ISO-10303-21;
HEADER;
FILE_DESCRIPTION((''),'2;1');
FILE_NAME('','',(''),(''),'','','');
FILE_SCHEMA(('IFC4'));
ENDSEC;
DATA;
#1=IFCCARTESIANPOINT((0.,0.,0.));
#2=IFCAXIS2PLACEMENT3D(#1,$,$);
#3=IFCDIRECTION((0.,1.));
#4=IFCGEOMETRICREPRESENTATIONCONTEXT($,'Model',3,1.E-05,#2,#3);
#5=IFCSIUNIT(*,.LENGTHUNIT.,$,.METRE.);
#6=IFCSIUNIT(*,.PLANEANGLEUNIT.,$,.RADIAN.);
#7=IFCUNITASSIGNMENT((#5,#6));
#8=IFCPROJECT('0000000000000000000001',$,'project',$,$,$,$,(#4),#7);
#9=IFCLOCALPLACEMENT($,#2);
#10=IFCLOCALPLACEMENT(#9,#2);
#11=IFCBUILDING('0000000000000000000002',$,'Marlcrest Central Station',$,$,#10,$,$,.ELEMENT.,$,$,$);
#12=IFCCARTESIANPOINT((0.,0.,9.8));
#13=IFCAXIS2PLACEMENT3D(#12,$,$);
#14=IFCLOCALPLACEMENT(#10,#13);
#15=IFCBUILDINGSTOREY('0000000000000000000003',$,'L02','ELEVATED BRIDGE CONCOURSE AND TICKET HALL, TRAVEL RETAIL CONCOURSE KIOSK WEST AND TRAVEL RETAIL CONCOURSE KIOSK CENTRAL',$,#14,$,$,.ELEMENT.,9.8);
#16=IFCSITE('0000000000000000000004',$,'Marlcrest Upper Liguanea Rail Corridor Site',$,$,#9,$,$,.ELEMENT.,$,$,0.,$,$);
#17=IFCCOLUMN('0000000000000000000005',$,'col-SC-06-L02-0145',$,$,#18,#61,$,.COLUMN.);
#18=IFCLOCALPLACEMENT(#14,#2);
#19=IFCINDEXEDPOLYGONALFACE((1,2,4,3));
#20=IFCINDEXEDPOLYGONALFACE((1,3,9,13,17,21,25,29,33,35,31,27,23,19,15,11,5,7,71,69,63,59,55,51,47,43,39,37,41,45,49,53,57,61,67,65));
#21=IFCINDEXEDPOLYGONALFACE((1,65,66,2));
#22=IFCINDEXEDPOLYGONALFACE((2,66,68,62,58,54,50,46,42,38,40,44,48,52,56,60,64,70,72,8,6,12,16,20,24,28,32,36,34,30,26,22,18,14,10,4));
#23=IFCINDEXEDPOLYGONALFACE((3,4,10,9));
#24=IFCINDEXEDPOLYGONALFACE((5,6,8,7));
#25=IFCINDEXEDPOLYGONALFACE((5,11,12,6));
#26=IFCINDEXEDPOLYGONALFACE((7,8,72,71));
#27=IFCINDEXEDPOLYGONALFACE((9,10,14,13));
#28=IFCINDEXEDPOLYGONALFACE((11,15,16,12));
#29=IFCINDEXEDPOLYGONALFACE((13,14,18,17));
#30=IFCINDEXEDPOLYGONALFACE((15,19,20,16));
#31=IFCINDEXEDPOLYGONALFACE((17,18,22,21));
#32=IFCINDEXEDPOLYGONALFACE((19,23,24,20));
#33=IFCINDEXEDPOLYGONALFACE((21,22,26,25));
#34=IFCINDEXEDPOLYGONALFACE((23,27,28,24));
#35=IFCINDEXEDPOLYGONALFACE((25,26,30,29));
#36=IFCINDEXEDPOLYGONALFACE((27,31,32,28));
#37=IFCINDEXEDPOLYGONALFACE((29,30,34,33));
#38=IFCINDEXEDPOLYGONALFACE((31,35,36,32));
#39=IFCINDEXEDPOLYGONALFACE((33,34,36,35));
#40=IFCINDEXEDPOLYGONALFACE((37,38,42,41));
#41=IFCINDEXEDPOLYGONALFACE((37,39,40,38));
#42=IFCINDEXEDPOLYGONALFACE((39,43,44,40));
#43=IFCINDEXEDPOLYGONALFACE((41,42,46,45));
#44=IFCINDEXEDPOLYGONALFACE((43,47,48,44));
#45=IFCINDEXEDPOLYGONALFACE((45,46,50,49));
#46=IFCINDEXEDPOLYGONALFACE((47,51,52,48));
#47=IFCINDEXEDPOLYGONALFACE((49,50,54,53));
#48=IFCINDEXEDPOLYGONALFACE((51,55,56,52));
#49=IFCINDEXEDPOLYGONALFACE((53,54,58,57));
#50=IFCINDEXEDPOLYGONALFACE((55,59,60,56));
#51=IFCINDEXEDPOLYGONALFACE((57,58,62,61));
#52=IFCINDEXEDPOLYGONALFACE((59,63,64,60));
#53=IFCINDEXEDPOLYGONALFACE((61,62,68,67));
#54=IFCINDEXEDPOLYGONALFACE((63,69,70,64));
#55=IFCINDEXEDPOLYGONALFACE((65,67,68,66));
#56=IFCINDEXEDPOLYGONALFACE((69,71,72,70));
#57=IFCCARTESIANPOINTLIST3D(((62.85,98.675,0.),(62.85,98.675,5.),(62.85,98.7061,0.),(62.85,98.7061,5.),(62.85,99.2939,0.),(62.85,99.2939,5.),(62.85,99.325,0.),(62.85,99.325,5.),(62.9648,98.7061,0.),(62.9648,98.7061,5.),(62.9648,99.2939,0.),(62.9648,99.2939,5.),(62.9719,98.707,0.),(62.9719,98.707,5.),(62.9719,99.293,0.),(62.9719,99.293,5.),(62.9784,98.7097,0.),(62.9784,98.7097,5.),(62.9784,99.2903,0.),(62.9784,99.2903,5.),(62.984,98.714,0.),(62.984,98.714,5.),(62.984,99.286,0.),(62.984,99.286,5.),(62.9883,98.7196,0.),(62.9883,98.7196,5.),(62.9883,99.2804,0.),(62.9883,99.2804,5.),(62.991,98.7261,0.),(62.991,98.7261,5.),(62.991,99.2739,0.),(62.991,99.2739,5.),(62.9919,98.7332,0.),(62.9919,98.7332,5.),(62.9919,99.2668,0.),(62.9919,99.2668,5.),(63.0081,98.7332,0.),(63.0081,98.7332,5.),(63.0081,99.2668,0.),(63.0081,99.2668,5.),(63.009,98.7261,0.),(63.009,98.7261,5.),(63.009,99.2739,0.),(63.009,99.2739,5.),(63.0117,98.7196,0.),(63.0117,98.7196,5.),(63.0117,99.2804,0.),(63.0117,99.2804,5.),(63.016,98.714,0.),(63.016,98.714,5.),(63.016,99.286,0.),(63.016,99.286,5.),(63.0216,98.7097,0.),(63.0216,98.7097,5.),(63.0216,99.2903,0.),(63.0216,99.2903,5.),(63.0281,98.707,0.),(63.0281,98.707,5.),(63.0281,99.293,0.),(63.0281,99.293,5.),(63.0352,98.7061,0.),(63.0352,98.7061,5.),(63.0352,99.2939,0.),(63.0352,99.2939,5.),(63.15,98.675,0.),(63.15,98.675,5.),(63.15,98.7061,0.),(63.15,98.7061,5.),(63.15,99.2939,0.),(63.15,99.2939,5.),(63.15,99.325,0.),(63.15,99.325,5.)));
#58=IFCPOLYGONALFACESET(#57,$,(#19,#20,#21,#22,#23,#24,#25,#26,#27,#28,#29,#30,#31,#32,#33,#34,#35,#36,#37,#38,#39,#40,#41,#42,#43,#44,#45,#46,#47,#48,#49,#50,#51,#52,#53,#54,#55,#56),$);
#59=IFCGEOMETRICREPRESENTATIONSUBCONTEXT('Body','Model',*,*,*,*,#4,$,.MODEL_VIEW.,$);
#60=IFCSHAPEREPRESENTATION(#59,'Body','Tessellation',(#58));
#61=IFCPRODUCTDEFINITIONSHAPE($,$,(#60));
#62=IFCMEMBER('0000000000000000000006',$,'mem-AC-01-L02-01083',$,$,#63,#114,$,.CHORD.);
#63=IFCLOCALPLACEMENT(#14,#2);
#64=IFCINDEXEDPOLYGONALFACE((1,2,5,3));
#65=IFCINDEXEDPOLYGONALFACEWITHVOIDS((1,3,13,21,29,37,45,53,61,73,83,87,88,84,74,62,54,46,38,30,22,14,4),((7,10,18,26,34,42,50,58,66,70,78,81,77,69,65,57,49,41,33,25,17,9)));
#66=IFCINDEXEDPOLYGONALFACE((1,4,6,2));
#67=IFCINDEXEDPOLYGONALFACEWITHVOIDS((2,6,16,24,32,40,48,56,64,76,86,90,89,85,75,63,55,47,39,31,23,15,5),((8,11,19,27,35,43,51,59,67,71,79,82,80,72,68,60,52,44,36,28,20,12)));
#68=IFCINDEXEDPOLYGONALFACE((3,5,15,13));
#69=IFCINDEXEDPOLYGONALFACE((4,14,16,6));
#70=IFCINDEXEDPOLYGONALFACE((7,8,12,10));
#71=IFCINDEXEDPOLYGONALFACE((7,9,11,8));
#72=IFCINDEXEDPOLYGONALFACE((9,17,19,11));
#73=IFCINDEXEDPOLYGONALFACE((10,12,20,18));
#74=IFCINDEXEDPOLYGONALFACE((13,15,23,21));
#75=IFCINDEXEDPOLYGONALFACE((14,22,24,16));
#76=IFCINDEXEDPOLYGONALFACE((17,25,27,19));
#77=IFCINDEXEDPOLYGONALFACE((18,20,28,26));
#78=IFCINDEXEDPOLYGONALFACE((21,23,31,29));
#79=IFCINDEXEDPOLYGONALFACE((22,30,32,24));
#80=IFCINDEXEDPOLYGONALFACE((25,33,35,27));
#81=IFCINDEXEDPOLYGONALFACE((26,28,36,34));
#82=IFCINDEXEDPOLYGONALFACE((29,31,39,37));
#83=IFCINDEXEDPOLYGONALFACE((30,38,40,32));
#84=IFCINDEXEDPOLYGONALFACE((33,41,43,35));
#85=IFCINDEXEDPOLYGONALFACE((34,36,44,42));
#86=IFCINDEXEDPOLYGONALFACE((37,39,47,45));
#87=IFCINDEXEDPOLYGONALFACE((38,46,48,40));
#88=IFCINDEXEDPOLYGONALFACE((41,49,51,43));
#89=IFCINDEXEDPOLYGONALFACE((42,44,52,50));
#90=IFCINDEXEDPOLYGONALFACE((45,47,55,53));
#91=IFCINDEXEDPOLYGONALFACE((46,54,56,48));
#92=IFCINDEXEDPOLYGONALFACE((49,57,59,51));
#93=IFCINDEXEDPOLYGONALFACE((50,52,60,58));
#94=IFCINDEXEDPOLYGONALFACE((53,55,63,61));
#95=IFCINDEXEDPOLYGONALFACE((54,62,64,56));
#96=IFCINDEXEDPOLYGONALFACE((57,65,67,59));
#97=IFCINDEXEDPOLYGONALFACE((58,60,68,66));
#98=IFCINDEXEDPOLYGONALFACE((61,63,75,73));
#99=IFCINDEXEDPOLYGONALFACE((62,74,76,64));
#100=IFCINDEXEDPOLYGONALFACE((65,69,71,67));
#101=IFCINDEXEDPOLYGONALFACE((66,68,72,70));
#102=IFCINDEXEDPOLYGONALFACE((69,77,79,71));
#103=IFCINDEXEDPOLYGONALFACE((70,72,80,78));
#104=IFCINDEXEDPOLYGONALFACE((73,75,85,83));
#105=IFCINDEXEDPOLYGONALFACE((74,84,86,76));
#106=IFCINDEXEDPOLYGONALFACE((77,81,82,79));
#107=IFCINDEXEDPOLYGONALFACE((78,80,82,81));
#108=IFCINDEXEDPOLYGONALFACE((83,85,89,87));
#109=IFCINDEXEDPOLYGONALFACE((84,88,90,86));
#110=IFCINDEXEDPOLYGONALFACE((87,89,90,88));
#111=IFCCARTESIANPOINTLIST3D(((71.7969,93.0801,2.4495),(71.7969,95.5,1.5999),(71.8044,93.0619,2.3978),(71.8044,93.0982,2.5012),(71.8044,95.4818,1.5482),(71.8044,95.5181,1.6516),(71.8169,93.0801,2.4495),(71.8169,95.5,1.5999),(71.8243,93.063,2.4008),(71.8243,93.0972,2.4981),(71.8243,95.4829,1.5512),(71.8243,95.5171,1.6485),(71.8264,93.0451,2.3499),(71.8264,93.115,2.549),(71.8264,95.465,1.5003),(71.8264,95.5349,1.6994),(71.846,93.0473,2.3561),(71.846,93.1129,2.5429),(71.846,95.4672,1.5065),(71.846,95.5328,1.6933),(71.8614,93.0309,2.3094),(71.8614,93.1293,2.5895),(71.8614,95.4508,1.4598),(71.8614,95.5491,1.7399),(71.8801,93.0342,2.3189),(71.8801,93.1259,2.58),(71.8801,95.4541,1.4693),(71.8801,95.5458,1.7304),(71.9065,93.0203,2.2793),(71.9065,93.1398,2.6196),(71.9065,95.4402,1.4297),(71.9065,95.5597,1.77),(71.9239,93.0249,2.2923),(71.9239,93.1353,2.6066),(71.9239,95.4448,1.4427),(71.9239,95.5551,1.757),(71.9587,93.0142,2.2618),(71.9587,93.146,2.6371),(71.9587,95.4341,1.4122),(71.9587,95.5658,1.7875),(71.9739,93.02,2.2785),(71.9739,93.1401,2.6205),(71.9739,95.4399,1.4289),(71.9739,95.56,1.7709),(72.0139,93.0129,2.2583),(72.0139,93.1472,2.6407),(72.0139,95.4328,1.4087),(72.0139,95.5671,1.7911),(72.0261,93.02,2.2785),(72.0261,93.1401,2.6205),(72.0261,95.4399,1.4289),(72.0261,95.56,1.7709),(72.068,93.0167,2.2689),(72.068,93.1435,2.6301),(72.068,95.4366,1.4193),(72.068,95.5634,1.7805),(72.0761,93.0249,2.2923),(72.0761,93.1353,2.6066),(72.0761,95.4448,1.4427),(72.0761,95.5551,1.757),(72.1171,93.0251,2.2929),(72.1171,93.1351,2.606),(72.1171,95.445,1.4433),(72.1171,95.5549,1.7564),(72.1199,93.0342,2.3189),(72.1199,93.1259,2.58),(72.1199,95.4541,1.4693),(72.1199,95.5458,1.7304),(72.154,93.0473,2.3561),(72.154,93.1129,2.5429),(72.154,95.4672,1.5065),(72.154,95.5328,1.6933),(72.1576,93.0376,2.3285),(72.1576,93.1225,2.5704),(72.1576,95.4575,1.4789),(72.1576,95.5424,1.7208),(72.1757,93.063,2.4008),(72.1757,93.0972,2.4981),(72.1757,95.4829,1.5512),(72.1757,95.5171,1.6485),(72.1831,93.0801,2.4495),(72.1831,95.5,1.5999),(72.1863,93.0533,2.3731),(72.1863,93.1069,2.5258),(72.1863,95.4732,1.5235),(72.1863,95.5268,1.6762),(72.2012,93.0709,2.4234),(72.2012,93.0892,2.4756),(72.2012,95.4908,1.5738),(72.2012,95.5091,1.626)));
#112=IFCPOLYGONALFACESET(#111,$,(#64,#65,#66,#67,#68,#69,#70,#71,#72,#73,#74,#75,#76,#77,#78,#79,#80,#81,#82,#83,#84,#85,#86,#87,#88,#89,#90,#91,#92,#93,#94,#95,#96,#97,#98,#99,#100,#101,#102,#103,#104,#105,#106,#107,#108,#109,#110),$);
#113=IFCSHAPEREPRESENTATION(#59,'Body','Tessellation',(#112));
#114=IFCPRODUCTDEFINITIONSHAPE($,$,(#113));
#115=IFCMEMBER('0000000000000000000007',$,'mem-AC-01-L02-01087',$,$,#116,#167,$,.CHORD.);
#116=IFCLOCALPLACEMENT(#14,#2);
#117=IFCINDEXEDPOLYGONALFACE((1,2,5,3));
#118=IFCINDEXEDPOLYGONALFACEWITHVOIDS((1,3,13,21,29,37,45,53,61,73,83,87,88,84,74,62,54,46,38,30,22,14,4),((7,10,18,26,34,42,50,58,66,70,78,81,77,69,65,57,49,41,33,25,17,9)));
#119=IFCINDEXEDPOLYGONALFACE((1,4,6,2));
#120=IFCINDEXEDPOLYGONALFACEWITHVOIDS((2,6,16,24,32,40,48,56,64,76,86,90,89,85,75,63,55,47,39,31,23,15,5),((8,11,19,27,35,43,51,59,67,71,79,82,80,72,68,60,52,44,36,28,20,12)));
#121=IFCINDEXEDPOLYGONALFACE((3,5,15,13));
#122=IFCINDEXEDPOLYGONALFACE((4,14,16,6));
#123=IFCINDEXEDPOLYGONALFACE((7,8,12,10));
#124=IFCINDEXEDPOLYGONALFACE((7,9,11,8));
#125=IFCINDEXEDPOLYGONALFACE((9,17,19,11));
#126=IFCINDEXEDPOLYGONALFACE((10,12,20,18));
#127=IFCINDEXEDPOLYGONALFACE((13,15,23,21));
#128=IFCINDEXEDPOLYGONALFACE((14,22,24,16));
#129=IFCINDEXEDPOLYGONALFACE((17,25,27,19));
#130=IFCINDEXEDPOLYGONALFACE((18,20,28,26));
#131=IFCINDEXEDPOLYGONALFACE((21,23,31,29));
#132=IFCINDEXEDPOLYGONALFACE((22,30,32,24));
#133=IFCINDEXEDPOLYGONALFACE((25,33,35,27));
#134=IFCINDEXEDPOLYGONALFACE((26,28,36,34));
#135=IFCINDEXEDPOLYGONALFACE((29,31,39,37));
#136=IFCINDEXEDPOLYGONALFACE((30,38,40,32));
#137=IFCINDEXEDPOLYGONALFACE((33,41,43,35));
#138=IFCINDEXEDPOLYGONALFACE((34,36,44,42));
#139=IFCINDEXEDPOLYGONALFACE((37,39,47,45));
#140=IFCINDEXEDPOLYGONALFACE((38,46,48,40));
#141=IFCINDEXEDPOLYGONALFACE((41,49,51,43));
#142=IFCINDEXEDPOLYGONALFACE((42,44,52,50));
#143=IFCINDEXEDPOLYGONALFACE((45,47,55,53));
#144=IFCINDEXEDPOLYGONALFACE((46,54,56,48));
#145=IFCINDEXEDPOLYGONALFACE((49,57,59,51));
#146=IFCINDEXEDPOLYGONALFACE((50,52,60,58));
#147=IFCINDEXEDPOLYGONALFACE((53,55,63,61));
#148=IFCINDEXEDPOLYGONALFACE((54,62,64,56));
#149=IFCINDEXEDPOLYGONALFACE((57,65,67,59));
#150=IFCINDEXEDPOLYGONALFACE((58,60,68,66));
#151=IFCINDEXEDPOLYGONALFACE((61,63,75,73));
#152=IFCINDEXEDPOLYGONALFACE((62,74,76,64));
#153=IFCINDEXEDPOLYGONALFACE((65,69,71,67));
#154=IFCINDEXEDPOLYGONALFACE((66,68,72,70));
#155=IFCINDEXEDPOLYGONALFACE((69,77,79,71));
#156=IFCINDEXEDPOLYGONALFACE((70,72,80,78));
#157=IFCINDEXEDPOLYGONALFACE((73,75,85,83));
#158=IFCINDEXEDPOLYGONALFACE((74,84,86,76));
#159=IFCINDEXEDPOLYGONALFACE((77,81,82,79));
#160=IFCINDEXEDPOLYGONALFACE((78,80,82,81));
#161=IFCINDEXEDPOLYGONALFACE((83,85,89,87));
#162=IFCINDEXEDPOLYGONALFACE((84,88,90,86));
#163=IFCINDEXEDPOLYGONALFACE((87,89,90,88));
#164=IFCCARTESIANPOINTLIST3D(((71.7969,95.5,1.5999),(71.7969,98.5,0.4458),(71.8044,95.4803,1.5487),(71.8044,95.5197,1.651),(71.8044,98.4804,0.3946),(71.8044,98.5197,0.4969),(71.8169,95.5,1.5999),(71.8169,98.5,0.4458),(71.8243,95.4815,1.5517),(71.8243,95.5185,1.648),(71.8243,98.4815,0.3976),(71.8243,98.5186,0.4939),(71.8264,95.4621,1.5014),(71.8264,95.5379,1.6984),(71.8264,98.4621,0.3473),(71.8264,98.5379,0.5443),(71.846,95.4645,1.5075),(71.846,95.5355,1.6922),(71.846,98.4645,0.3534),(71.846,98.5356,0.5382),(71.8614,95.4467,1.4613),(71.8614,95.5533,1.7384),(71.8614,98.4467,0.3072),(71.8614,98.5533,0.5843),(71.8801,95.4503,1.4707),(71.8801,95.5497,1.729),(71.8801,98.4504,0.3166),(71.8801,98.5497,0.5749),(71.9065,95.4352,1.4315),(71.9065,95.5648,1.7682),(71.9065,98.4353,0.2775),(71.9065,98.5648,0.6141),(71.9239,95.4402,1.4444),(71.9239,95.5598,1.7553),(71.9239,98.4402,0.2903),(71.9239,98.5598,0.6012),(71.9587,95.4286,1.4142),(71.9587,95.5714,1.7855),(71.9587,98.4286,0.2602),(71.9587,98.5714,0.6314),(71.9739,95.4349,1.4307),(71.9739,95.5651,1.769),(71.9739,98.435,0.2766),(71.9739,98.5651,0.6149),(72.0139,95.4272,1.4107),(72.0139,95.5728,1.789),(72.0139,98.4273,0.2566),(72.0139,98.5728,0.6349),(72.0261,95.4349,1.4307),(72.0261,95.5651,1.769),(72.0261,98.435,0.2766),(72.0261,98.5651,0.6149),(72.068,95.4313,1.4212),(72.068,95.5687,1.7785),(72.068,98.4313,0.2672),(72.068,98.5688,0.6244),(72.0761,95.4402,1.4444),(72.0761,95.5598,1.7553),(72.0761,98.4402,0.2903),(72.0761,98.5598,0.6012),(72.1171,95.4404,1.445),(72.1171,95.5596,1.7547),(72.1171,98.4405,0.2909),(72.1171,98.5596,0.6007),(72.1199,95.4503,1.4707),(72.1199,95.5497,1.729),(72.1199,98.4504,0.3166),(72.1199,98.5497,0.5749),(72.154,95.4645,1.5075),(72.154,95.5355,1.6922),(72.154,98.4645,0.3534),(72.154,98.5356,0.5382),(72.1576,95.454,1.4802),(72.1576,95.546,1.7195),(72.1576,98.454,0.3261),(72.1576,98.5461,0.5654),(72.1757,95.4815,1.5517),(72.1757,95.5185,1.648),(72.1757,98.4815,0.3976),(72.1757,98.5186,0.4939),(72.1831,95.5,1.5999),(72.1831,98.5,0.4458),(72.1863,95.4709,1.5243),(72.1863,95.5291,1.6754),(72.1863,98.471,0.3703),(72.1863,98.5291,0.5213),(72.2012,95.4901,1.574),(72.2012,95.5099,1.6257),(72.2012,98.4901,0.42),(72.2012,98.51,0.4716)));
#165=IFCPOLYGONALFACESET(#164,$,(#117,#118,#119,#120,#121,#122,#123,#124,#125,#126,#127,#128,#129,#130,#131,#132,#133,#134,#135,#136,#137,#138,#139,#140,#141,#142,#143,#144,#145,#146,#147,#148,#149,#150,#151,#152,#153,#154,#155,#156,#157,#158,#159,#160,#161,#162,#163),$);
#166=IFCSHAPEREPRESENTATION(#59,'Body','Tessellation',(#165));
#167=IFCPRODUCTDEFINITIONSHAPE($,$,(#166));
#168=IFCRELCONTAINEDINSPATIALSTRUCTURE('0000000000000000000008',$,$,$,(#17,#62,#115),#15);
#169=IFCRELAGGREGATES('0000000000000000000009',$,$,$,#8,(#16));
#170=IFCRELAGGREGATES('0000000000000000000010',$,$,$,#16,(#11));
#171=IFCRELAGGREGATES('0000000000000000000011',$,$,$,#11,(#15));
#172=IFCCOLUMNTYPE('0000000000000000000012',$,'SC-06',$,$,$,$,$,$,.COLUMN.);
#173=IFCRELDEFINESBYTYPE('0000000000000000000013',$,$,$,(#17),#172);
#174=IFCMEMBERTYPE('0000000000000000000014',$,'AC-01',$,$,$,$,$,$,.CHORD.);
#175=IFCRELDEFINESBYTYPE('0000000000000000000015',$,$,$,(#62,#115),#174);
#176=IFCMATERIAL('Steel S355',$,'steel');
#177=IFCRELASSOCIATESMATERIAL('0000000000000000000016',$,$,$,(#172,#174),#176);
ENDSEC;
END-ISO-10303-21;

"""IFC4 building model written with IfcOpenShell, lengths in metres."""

from ifc_helpers import new_model, si_unit, direction, frame, origin, origin_2d, place, context, subcontext, project, spatial, hollow_circle, i_section, extrude, material, material_profile, profile_set, type_object, element, save


model = new_model("IFC4")

# Units and contexts
model_context = context("Model", 3, precision=1e-05, world=origin(), true_north=direction((0.0, 1.0)))
body_context = subcontext(model_context, "Body", "Model", "MODEL_VIEW")
ifc_project = project(units=[si_unit("LENGTHUNIT", "METRE"), si_unit("PLANEANGLEUNIT", "RADIAN")], contexts=[model_context])

# Site, building, storey
site_placement = place(None, origin())
site = spatial("IfcSite", under=ifc_project, at=site_placement, Name="Marlcrest Upper Liguanea Rail Corridor Site", CompositionType="ELEMENT", RefElevation=0.0)
building_placement = place(site_placement, origin())
building = spatial("IfcBuilding", under=site, at=building_placement, Name="Marlcrest Central Station", CompositionType="ELEMENT")
storey_placement = place(building_placement, frame((0.0, 0.0, 9.8)))
storey = spatial("IfcBuildingStorey", under=building, at=storey_placement, Name="L02", Description="ELEVATED BRIDGE CONCOURSE AND TICKET HALL, TRAVEL RETAIL CONCOURSE KIOSK WEST AND TRAVEL RETAIL CONCOURSE KIOSK CENTRAL", CompositionType="ELEMENT", Elevation=9.8)

# Column
ifc_material_1 = material(Name="Steel S355", Category="steel")
ifc_material_profile_1 = material_profile(ifc_material_1, i_section(OverallWidth=0.3, OverallDepth=0.6499, WebThickness=0.0161, FlangeThickness=0.031, FilletRadius=0.0271, at=origin_2d()), Name="HEB 650")
ifc_profile_set_1 = profile_set([ifc_material_profile_1], Name="Steel S355")
column_type = type_object("IfcColumnType", Name="SC-06", PredefinedType="COLUMN", material=ifc_profile_set_1)
column_placement = place(storey_placement, frame((63.0, 99.0, 0.0), z_axis=(0.0, 0.0, 1.0), x_axis=(1.0, 0.0, 0.0)))
element("IfcColumn", 1, at=column_placement, inside=storey, type_object=column_type, Name="col-SC-06-L02-0145", PredefinedType="COLUMN", context=body_context, shape_type="SweptSolid", body=[
    extrude(i_section(OverallWidth=0.3, OverallDepth=0.6499, WebThickness=0.0161, FlangeThickness=0.031, FilletRadius=0.0271, at=origin_2d()), origin(), (0.0, 0.0, 1.0), 5.0),
])

# Members
ifc_material_profile_2 = material_profile(ifc_material_1, hollow_circle(Radius=0.2031, WallThickness=0.02, at=origin_2d()), Name="CHS 406.4x20")
ifc_profile_set_2 = profile_set([ifc_material_profile_2], Name="Steel S355")
member_type_1 = type_object("IfcMemberType", Name="AC-01", PredefinedType="CHORD", material=ifc_profile_set_2)
member_1_placement = place(storey_placement, frame((72.0, 93.0801, 2.4495), z_axis=(0.0, 0.943537, -0.331266), x_axis=(-1.0, 0.0, 0.0)))
element("IfcMember", 2, at=member_1_placement, inside=storey, type_object=member_type_1, Name="mem-AC-01-L02-01083", PredefinedType="CHORD", context=body_context, shape_type="SweptSolid", body=[
    extrude(hollow_circle(Radius=0.2031, WallThickness=0.02, at=origin_2d()), origin(), (0.0, 0.0, 1.0), 2.5647),
])
member_2_placement = place(storey_placement, frame((72.0, 95.5, 1.5999), z_axis=(0.0, 0.933324, -0.359035), x_axis=(-1.0, 0.0, 0.0)))
element("IfcMember", 3, at=member_2_placement, inside=storey, type_object=member_type_1, Name="mem-AC-01-L02-01087", PredefinedType="CHORD", context=body_context, shape_type="SweptSolid", body=[
    extrude(hollow_circle(Radius=0.2031, WallThickness=0.02, at=origin_2d()), origin(), (0.0, 0.0, 1.0), 3.2144),
])

save(model, "model.ifc")
